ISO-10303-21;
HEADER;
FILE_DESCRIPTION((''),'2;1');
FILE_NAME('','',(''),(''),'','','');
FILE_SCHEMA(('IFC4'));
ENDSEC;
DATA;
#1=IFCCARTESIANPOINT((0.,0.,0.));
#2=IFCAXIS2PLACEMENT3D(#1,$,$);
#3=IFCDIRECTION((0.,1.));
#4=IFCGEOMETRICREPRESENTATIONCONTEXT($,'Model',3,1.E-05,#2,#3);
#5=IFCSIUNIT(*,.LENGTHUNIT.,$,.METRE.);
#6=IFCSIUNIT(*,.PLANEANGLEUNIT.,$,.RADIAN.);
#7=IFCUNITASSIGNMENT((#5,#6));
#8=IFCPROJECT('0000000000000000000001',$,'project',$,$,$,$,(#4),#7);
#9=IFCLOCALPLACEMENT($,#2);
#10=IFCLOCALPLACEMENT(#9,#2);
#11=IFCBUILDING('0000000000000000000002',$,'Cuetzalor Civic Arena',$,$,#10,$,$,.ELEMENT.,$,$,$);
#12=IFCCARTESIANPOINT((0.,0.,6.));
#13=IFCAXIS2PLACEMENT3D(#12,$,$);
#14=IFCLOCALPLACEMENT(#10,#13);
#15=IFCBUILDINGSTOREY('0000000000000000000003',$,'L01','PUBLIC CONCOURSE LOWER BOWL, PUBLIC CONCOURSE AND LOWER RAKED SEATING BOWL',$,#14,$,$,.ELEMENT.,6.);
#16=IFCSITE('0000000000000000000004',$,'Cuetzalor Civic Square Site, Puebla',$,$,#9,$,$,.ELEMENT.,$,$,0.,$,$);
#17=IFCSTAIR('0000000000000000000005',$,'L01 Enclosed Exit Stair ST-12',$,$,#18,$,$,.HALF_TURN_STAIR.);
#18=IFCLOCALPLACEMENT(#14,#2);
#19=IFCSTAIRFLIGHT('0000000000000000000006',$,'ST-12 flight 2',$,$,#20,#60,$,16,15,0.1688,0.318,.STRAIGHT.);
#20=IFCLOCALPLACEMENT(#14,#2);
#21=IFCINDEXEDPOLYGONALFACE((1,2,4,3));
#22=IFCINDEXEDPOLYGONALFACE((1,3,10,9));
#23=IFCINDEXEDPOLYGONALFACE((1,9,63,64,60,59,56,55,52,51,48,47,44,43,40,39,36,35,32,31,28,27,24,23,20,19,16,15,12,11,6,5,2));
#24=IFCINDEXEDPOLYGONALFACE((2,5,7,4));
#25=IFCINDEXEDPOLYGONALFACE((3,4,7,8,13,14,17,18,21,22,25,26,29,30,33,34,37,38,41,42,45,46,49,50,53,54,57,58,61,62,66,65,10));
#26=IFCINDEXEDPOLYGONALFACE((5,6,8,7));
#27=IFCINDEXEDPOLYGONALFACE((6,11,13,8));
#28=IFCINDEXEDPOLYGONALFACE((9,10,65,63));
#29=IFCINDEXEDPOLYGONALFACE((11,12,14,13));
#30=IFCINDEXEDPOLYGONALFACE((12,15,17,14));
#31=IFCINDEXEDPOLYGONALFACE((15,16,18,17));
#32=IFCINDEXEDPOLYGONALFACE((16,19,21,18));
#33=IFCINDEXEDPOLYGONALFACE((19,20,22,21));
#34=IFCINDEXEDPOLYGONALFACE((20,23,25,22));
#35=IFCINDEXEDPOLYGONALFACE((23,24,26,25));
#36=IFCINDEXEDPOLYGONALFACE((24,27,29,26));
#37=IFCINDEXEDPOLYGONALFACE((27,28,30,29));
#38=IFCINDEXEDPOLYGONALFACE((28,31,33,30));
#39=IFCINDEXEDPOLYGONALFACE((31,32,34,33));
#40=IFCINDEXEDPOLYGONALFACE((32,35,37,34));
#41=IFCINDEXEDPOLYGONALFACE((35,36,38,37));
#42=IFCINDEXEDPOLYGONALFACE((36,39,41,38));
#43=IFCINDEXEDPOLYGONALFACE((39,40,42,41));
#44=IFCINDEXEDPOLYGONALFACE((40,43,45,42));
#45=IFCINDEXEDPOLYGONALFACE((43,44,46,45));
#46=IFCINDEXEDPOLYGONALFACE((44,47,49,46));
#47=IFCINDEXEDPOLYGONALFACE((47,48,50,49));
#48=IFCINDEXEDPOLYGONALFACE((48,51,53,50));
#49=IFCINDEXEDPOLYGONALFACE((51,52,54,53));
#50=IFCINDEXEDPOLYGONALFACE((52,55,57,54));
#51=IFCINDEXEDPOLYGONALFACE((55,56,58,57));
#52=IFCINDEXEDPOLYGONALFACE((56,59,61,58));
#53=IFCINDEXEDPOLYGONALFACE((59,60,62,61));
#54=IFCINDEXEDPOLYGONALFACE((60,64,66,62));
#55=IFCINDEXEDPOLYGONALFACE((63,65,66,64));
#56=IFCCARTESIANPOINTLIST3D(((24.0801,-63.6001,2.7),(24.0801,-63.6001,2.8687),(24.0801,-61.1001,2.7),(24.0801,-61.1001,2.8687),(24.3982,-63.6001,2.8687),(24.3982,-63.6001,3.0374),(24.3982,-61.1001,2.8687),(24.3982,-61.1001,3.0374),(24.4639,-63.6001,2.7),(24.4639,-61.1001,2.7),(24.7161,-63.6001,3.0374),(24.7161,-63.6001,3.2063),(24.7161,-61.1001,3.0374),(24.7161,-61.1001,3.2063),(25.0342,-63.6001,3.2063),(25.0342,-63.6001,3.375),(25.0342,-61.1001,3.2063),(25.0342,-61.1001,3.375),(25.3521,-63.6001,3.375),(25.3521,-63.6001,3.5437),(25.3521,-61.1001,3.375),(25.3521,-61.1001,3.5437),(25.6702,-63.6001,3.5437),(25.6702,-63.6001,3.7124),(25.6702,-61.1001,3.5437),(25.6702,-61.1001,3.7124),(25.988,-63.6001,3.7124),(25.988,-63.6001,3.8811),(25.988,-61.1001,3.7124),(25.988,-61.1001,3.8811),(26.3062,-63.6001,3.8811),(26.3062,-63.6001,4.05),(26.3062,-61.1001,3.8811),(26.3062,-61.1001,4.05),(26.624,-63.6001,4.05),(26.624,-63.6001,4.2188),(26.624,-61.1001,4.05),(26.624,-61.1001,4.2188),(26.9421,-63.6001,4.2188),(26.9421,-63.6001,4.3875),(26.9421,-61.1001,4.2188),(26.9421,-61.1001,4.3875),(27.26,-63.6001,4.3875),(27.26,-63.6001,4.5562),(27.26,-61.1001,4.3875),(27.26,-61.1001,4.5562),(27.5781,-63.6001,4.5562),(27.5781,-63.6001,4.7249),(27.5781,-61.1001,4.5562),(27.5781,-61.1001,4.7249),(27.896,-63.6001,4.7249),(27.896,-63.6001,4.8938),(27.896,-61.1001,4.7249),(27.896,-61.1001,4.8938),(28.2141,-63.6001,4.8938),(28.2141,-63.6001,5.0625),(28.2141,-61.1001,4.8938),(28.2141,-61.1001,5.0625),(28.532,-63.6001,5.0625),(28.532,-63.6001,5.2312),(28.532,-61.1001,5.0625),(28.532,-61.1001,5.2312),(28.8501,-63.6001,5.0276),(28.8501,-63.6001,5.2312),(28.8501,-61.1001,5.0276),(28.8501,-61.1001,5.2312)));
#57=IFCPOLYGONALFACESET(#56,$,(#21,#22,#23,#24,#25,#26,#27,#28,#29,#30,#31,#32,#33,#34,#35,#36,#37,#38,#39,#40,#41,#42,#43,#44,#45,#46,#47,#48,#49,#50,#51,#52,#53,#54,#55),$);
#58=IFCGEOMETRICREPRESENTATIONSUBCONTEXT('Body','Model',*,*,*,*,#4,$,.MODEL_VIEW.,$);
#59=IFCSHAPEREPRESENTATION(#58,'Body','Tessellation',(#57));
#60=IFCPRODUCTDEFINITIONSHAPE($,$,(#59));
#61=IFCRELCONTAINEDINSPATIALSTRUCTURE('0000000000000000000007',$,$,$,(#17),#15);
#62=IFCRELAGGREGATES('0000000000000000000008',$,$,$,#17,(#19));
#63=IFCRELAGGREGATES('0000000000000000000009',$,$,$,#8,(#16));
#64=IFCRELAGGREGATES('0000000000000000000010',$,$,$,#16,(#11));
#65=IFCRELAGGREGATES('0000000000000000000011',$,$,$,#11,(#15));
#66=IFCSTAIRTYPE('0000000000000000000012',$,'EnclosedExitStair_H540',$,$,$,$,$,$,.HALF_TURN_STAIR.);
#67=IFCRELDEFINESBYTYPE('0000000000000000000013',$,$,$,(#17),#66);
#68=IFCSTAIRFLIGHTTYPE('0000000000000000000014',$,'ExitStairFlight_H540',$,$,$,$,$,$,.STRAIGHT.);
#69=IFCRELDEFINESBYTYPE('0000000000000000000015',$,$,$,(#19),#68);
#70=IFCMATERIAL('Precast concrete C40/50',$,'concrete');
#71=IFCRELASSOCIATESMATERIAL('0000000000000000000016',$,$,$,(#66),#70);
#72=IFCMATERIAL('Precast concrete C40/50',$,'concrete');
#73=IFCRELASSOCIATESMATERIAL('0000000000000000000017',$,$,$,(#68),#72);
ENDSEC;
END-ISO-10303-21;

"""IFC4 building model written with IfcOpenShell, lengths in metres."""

from ifc_helpers import new_model, si_unit, direction, frame, origin, place, context, subcontext, project, spatial, polyline, outline, extrude, material, type_object, element, aggregate, save


model = new_model("IFC4")

# Units and contexts
model_context = context("Model", 3, precision=1e-05, world=origin(), true_north=direction((0.0, 1.0)))
body_context = subcontext(model_context, "Body", "Model", "MODEL_VIEW")
ifc_project = project(units=[si_unit("LENGTHUNIT", "METRE"), si_unit("PLANEANGLEUNIT", "RADIAN")], contexts=[model_context])

# Site, building, storey
site_placement = place(None, origin())
site = spatial("IfcSite", under=ifc_project, at=site_placement, Name="Cuetzalor Civic Square Site, Puebla", CompositionType="ELEMENT", RefElevation=0.0)
building_placement = place(site_placement, origin())
building = spatial("IfcBuilding", under=site, at=building_placement, Name="Cuetzalor Civic Arena", CompositionType="ELEMENT")
storey_placement = place(building_placement, frame((0.0, 0.0, 6.0)))
storey = spatial("IfcBuildingStorey", under=building, at=storey_placement, Name="L01", Description="PUBLIC CONCOURSE LOWER BOWL, PUBLIC CONCOURSE AND LOWER RAKED SEATING BOWL", CompositionType="ELEMENT", Elevation=6.0)

# Stair, stair flight
ifc_material_1 = material(Name="Precast concrete C40/50", Category="concrete")
stair_type = type_object("IfcStairType", Name="EnclosedExitStair_H540", PredefinedType="HALF_TURN_STAIR", material=ifc_material_1)
stair_placement = place(storey_placement, origin())
stair = element("IfcStair", 1, at=stair_placement, inside=storey, type_object=stair_type, Name="L01 Enclosed Exit Stair ST-12", PredefinedType="HALF_TURN_STAIR")
ifc_material_2 = material(Name="Precast concrete C40/50", Category="concrete")
stair_flight_type = type_object("IfcStairFlightType", Name="ExitStairFlight_H540", PredefinedType="STRAIGHT", material=ifc_material_2)
stair_flight_1_placement = place(storey_placement, frame((24.0801, -62.3501, 2.7), z_axis=(0.0, 0.0, 1.0), x_axis=(1.0, 0.0, 0.0)))
stair_flight_1 = element("IfcStairFlight", 2, at=stair_flight_1_placement, type_object=stair_flight_type, Name="ST-12 flight 2", NumberOfRisers=16, NumberOfTreads=15, PredefinedType="STRAIGHT", RiserHeight=0.1688, TreadLength=0.318, context=body_context, shape_type="SweptSolid", body=[
    extrude(outline(polyline([(0.0, 0.0), (0.0, 0.1687), (0.3181, 0.1687), (0.3181, 0.3374), (0.636, 0.3374), (0.636, 0.5063), (0.9541, 0.5063), (0.9541, 0.675), (1.272, 0.675), (1.272, 0.8438), (1.5901, 0.8438), (1.5901, 1.0125), (1.908, 1.0125), (1.908, 1.1812), (2.2261, 1.1812), (2.2261, 1.3501), (2.5439, 1.3501), (2.5439, 1.5188), (2.8621, 1.5188), (2.8621, 1.6875), (3.1799, 1.6875), (3.1799, 1.8562), (3.498, 1.8562), (3.498, 2.0249), (3.8159, 2.0249), (3.8159, 2.1938), (4.134, 2.1938), (4.134, 2.3625), (4.4519, 2.3625), (4.4519, 2.5312), (4.77, 2.5312), (4.77, 2.7), (4.77, 2.3276), (0.3838, 0.0), (0.0, 0.0)])), frame((0.0, 1.25, 0.0), z_axis=(0.0, -1.0, 0.0), x_axis=(1.0, 0.0, 0.0)), (0.0, 0.0, 1.0), 2.5),
])
aggregate(stair, [stair_flight_1])

save(model, "model.ifc")
